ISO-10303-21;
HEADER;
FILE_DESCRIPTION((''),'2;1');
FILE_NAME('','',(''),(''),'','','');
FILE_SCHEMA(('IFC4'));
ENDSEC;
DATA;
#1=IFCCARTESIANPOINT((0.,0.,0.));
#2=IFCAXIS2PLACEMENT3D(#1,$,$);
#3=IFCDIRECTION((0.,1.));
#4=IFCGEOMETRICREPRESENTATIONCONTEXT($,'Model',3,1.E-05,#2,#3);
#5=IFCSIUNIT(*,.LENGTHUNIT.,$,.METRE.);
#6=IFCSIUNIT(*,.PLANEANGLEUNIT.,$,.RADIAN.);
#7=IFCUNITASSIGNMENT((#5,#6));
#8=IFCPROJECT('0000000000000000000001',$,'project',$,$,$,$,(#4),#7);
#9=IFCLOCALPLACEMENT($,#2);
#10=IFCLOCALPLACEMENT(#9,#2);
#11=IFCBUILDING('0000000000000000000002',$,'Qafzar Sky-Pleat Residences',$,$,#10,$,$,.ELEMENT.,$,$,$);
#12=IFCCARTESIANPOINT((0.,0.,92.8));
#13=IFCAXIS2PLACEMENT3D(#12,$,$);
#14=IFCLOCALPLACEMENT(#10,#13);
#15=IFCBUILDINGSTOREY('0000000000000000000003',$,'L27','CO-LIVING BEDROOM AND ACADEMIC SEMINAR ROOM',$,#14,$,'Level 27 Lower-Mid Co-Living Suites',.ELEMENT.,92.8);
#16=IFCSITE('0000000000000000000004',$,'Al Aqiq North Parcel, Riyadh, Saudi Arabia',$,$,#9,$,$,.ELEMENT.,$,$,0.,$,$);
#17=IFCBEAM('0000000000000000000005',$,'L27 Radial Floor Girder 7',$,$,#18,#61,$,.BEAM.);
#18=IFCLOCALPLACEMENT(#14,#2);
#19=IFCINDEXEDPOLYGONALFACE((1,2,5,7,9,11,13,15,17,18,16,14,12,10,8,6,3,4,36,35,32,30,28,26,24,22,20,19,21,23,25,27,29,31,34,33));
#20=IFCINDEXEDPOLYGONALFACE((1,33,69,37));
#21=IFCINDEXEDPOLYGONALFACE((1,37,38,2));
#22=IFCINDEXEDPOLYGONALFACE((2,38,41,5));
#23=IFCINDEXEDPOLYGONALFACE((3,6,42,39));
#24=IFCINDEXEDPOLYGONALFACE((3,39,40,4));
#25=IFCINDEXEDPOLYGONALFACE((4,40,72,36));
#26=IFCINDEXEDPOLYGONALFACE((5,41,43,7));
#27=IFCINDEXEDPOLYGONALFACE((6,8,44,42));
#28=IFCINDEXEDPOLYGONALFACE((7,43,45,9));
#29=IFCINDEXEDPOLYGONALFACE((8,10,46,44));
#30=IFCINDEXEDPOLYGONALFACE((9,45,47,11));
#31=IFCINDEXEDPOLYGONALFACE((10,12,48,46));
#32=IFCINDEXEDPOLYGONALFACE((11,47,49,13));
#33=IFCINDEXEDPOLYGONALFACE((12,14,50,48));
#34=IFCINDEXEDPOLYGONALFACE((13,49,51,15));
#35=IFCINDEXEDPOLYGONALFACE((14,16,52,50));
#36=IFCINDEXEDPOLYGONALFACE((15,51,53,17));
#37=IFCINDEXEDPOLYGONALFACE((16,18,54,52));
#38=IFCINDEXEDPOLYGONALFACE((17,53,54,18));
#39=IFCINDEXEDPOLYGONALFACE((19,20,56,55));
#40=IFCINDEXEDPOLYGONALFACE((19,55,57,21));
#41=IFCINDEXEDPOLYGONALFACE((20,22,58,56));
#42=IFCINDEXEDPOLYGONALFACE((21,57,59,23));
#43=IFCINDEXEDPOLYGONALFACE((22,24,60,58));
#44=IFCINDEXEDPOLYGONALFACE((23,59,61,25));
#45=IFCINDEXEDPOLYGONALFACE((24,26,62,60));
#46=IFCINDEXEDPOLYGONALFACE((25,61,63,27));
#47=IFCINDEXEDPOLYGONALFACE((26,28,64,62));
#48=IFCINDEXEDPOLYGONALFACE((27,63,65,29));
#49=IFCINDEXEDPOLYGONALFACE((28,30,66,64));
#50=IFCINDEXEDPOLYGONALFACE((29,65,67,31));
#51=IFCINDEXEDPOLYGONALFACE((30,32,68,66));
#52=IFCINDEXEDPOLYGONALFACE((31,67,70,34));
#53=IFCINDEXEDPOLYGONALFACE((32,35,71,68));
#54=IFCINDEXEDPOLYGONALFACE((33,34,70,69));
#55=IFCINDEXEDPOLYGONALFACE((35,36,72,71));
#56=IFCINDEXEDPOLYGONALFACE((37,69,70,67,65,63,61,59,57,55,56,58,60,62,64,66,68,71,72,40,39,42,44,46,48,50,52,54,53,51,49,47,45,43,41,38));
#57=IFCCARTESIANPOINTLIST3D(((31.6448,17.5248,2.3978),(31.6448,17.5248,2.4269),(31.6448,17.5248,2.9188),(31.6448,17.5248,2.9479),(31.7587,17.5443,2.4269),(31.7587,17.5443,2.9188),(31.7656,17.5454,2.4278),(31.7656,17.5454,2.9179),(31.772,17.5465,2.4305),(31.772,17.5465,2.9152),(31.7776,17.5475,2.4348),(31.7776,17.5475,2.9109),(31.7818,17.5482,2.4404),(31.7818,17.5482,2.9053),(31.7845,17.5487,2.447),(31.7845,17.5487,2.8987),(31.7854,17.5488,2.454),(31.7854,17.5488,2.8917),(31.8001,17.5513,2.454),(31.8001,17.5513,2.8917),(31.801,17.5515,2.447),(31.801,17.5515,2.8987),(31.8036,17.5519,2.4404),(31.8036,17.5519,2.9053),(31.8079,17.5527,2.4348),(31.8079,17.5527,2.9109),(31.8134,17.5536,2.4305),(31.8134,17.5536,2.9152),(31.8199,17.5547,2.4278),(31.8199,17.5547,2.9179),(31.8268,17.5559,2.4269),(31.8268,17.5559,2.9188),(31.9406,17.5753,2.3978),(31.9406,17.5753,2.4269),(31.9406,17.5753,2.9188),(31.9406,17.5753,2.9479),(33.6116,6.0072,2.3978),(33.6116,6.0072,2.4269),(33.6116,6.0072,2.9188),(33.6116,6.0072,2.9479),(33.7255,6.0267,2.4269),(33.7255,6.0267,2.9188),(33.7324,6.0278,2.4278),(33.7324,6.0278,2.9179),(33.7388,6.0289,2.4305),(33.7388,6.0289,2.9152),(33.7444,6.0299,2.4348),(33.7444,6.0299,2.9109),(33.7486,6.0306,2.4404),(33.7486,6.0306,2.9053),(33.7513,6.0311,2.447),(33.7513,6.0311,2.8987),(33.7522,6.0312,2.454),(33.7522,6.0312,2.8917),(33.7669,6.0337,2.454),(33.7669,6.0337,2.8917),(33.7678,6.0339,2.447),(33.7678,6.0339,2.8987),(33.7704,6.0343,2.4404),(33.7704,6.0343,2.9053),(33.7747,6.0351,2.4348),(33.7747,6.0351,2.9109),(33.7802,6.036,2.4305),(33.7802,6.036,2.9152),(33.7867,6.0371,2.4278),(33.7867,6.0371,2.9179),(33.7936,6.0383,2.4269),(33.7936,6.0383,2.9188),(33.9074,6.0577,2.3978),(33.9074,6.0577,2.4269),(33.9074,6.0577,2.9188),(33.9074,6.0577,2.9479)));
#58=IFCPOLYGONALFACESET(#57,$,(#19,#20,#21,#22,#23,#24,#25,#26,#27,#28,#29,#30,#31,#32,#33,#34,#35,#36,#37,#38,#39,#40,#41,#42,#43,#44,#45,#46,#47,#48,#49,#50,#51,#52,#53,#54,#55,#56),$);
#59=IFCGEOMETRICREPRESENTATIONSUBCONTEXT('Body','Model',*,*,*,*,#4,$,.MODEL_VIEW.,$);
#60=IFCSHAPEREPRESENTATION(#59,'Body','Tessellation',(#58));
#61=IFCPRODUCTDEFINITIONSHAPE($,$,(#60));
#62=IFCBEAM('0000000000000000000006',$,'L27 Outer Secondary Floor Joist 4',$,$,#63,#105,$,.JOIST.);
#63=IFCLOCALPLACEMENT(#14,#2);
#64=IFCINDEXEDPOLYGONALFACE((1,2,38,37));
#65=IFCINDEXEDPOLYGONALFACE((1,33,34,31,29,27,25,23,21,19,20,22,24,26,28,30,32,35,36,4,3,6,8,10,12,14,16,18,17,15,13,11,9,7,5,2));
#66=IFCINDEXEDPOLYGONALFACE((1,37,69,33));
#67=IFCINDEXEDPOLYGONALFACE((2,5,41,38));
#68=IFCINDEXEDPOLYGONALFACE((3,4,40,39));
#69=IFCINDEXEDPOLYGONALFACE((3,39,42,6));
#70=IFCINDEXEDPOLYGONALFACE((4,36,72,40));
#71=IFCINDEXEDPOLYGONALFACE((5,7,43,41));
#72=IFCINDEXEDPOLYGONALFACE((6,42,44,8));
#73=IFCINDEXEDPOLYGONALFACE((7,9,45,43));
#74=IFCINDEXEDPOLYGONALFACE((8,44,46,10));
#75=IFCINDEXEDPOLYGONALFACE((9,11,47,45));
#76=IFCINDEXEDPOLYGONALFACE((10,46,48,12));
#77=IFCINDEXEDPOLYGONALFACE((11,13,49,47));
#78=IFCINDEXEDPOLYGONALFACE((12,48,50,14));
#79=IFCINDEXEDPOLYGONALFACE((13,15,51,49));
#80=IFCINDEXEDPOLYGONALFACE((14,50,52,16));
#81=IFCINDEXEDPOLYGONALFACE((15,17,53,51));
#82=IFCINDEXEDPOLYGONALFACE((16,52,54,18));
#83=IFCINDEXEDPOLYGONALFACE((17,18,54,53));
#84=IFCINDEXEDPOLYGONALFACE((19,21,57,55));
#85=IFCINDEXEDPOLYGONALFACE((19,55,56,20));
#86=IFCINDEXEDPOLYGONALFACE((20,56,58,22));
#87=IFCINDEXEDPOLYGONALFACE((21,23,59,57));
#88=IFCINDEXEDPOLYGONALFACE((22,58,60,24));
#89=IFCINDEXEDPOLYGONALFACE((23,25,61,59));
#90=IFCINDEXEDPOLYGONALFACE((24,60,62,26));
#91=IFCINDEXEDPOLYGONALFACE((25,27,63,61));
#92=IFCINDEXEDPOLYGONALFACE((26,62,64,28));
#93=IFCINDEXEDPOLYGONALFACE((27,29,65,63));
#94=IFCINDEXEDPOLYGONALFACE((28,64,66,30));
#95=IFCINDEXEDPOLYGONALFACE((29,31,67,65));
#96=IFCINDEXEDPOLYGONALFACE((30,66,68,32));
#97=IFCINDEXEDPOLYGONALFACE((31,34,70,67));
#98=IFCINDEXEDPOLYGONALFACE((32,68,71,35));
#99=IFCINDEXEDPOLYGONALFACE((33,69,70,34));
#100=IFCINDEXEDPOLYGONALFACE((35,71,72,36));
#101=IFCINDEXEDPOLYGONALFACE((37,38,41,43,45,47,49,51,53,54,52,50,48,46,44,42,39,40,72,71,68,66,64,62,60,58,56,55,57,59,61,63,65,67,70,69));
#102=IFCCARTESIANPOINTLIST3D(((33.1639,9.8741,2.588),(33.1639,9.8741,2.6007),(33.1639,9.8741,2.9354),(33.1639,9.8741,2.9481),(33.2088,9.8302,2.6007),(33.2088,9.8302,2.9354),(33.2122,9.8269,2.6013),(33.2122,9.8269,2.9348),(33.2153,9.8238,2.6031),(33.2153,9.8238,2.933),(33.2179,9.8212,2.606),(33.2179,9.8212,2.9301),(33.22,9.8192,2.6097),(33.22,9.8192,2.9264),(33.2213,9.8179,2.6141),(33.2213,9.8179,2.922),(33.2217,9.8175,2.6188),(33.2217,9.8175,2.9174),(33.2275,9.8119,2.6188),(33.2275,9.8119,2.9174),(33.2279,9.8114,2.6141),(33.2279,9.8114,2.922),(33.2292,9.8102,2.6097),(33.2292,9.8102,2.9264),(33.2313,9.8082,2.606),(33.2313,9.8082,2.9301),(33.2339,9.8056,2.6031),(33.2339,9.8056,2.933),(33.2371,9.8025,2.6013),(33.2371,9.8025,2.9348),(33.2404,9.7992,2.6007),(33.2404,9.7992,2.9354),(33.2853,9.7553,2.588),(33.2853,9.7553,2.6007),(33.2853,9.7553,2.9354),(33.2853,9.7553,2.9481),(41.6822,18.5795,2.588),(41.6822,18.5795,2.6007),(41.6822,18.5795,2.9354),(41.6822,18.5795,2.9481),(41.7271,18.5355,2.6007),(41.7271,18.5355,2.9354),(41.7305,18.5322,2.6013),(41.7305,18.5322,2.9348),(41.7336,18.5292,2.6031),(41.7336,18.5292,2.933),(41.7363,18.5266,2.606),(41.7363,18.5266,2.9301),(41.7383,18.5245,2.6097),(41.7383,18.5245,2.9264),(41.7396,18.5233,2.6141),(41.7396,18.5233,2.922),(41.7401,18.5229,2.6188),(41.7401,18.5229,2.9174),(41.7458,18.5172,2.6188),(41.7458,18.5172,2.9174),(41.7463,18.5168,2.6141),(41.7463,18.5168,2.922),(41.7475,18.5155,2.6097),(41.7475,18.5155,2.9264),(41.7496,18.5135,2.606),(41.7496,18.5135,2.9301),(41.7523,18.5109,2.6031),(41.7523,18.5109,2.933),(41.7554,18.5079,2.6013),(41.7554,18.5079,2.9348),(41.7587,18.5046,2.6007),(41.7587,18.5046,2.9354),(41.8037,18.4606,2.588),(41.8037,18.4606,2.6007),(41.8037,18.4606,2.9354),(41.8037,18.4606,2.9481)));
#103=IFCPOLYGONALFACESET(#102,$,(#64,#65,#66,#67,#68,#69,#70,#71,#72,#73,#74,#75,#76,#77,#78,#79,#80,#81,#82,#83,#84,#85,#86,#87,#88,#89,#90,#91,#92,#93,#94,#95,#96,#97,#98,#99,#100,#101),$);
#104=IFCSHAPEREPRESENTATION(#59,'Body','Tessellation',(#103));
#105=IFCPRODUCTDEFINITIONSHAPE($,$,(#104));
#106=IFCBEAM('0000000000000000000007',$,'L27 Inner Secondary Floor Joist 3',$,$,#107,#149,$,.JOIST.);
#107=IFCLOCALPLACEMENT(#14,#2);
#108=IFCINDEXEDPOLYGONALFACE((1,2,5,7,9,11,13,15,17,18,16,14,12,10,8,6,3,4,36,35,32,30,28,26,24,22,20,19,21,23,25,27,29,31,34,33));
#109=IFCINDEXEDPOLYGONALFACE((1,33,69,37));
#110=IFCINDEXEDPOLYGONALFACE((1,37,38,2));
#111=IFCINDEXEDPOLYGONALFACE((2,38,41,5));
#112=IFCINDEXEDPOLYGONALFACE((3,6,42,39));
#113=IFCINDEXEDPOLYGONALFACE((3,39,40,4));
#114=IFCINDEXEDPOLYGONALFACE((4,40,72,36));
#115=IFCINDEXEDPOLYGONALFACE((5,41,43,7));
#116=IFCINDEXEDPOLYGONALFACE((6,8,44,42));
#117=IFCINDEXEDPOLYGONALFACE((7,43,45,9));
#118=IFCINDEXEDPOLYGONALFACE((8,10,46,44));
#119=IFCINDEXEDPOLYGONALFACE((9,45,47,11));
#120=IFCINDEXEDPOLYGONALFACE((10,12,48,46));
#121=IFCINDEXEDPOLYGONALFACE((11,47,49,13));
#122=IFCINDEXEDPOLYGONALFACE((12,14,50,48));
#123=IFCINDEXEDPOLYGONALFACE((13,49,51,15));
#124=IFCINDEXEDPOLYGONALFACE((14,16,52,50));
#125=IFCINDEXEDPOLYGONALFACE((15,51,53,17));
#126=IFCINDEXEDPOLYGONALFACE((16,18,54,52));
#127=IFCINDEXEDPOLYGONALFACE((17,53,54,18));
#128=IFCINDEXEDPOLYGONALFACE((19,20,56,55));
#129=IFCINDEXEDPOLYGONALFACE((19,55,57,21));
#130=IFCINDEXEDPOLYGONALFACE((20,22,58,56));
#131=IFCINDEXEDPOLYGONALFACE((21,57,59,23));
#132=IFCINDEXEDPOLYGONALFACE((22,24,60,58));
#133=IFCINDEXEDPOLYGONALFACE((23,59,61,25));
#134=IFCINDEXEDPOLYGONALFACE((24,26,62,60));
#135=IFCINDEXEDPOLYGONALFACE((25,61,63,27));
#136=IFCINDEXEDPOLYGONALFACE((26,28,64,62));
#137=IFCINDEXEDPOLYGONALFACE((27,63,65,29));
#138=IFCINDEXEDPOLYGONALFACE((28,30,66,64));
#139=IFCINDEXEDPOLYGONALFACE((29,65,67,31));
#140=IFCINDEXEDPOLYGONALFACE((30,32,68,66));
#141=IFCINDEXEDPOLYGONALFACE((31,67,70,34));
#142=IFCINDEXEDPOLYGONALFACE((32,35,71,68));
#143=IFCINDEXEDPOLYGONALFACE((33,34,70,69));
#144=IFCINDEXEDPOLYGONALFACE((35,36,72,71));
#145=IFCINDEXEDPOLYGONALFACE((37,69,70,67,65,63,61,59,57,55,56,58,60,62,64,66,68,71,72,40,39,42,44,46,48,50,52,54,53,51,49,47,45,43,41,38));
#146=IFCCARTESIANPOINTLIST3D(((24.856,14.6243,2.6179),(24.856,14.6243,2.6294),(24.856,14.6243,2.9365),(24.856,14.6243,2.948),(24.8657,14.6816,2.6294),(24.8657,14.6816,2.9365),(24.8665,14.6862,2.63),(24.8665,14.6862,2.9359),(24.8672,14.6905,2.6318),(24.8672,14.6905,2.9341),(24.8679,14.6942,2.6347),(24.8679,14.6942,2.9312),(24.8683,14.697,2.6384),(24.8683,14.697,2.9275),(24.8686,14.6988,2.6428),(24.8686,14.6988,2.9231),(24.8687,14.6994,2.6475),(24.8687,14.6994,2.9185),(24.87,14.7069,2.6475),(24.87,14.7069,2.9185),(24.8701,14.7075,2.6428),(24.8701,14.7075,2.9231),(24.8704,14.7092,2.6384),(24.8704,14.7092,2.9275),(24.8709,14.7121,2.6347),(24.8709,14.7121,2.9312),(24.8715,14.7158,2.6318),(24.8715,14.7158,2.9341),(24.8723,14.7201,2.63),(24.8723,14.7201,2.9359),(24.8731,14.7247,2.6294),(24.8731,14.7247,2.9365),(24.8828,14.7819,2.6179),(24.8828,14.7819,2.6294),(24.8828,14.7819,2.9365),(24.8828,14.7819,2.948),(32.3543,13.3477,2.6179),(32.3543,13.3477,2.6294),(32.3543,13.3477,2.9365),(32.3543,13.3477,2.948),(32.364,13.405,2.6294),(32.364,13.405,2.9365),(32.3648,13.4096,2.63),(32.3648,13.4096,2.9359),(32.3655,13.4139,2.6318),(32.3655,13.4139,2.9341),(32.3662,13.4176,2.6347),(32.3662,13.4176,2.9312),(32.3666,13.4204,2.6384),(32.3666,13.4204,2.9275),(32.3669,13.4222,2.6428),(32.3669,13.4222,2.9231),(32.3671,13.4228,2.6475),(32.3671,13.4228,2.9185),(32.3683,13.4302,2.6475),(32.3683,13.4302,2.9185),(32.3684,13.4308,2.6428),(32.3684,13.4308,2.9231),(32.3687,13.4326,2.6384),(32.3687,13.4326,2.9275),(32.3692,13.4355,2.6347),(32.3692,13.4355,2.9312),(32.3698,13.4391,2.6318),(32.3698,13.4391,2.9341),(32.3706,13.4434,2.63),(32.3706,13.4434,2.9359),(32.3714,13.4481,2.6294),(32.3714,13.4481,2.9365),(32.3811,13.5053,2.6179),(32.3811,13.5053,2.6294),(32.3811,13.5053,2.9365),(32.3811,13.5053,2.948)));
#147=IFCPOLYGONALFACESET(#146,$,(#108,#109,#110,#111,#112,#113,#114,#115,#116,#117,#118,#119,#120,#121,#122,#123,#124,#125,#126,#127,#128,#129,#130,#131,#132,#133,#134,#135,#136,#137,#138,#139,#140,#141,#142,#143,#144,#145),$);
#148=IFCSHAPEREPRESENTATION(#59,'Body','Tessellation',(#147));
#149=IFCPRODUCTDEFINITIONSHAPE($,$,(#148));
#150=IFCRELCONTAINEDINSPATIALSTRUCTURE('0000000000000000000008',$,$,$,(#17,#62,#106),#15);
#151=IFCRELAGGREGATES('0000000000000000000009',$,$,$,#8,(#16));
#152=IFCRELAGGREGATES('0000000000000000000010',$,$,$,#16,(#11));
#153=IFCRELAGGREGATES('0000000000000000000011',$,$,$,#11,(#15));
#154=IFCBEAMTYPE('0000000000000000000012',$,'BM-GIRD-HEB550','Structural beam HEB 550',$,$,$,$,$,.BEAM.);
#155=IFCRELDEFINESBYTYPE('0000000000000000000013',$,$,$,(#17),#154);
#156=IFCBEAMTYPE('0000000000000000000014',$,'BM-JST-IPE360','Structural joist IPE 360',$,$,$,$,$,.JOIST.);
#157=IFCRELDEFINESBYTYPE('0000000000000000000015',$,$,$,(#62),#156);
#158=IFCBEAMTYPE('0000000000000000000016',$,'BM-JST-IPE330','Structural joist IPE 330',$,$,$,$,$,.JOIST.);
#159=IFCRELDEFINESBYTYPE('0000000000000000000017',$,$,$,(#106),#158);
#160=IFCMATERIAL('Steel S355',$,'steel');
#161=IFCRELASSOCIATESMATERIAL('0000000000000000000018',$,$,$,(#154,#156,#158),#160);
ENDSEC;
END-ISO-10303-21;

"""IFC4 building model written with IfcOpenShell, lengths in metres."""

from ifc_helpers import new_model, si_unit, direction, frame, origin, origin_2d, place, context, subcontext, project, spatial, i_section, extrude, source, transform, mapped, material, material_profile, profile_set, type_object, element, save


model = new_model("IFC4")

# Units and contexts
model_context = context("Model", 3, precision=1e-05, world=origin(), true_north=direction((0.0, 1.0)))
body_context = subcontext(model_context, "Body", "Model", "MODEL_VIEW")
ifc_project = project(units=[si_unit("LENGTHUNIT", "METRE"), si_unit("PLANEANGLEUNIT", "RADIAN")], contexts=[model_context])

# Site, building, storey
site_placement = place(None, origin())
site = spatial("IfcSite", under=ifc_project, at=site_placement, Name="Al Aqiq North Parcel, Riyadh, Saudi Arabia", CompositionType="ELEMENT", RefElevation=0.0)
building_placement = place(site_placement, origin())
building = spatial("IfcBuilding", under=site, at=building_placement, Name="Qafzar Sky-Pleat Residences", CompositionType="ELEMENT")
storey_placement = place(building_placement, frame((0.0, 0.0, 92.8)))
storey = spatial("IfcBuildingStorey", under=building, at=storey_placement, Name="L27", Description="CO-LIVING BEDROOM AND ACADEMIC SEMINAR ROOM", LongName="Level 27 Lower-Mid Co-Living Suites", CompositionType="ELEMENT", Elevation=92.8)

# Beams
ifc_material_1 = material(Name="Steel S355", Category="steel")
ifc_material_profile_1 = material_profile(ifc_material_1, i_section(OverallWidth=0.3, OverallDepth=0.55, WebThickness=0.0149, FlangeThickness=0.0291, FilletRadius=0.0271, at=origin_2d()), Name="HEB 550")
ifc_profile_set_1 = profile_set([ifc_material_profile_1], Name="Steel S355")
beam_type_1 = type_object("IfcBeamType", Name="BM-GIRD-HEB550", Description="Structural beam HEB 550", PredefinedType="BEAM", material=ifc_profile_set_1)
shared_shape_1 = source(origin(), body_context, "Body", "SweptSolid", [
    extrude(i_section(OverallWidth=0.3, OverallDepth=0.55, WebThickness=0.0149, FlangeThickness=0.0291, FilletRadius=0.0271, at=origin_2d()), origin(), (0.0, 0.0, 1.0), 11.6843),
])
beam_1_placement = place(storey_placement, frame((33.7595, 6.0325, 2.6729), z_axis=(-0.168328, 0.985731, 0.0), x_axis=(-0.985731, -0.168328, 0.0)))
element("IfcBeam", 1, at=beam_1_placement, inside=storey, type_object=beam_type_1, Name="L27 Radial Floor Girder 7", PredefinedType="BEAM", context=body_context, shape_type="MappedRepresentation", body=[
    mapped(shared_shape_1, transform((0.0, 0.0, 0.0), x_axis=(1.0, 0.0, 0.0), y_axis=(0.0, 1.0, 0.0), z_axis=(0.0, 0.0, 1.0), scale=1.0)),
])
ifc_material_profile_2 = material_profile(ifc_material_1, i_section(OverallWidth=0.1699, OverallDepth=0.3601, WebThickness=0.0081, FlangeThickness=0.0127, FilletRadius=0.0181, at=origin_2d()), Name="IPE 360")
ifc_profile_set_2 = profile_set([ifc_material_profile_2], Name="Steel S355")
beam_type_2 = type_object("IfcBeamType", Name="BM-JST-IPE360", Description="Structural joist IPE 360", PredefinedType="JOIST", material=ifc_profile_set_2)
shared_shape_2 = source(origin(), body_context, "Body", "SweptSolid", [
    extrude(i_section(OverallWidth=0.1699, OverallDepth=0.3601, WebThickness=0.0081, FlangeThickness=0.0127, FilletRadius=0.0181, at=origin_2d()), origin(), (0.0, 0.0, 1.0), 12.1797),
])
beam_2_placement = place(storey_placement, frame((33.2246, 9.8147, 2.7681), z_axis=(0.699388, 0.714742, 0.0), x_axis=(-0.714742, 0.699388, 0.0)))
element("IfcBeam", 2, at=beam_2_placement, inside=storey, type_object=beam_type_2, Name="L27 Outer Secondary Floor Joist 4", PredefinedType="JOIST", context=body_context, shape_type="MappedRepresentation", body=[
    mapped(shared_shape_2, transform((0.0, 0.0, 0.0), x_axis=(1.0, 0.0, 0.0), y_axis=(0.0, 1.0, 0.0), z_axis=(0.0, 0.0, 1.0), scale=1.0)),
])
ifc_material_profile_3 = material_profile(ifc_material_1, i_section(OverallWidth=0.1599, OverallDepth=0.3301, WebThickness=0.0076, FlangeThickness=0.0115, FilletRadius=0.0181, at=origin_2d()), Name="IPE 330")
ifc_profile_set_3 = profile_set([ifc_material_profile_3], Name="Steel S355")
beam_type_3 = type_object("IfcBeamType", Name="BM-JST-IPE330", Description="Structural joist IPE 330", PredefinedType="JOIST", material=ifc_profile_set_3)
shared_shape_3 = source(origin(), body_context, "Body", "SweptSolid", [
    extrude(i_section(OverallWidth=0.1599, OverallDepth=0.3301, WebThickness=0.0076, FlangeThickness=0.0115, FilletRadius=0.0181, at=origin_2d()), origin(), (0.0, 0.0, 1.0), 7.6062),
])
beam_3_placement = place(storey_placement, frame((24.8694, 14.7031, 2.783), z_axis=(0.985815, -0.167839, 0.0), x_axis=(0.167839, 0.985815, 0.0)))
element("IfcBeam", 3, at=beam_3_placement, inside=storey, type_object=beam_type_3, Name="L27 Inner Secondary Floor Joist 3", PredefinedType="JOIST", context=body_context, shape_type="MappedRepresentation", body=[
    mapped(shared_shape_3, transform((0.0, 0.0, 0.0), x_axis=(1.0, 0.0, 0.0), y_axis=(0.0, 1.0, 0.0), z_axis=(0.0, 0.0, 1.0), scale=1.0)),
])

save(model, "model.ifc")
